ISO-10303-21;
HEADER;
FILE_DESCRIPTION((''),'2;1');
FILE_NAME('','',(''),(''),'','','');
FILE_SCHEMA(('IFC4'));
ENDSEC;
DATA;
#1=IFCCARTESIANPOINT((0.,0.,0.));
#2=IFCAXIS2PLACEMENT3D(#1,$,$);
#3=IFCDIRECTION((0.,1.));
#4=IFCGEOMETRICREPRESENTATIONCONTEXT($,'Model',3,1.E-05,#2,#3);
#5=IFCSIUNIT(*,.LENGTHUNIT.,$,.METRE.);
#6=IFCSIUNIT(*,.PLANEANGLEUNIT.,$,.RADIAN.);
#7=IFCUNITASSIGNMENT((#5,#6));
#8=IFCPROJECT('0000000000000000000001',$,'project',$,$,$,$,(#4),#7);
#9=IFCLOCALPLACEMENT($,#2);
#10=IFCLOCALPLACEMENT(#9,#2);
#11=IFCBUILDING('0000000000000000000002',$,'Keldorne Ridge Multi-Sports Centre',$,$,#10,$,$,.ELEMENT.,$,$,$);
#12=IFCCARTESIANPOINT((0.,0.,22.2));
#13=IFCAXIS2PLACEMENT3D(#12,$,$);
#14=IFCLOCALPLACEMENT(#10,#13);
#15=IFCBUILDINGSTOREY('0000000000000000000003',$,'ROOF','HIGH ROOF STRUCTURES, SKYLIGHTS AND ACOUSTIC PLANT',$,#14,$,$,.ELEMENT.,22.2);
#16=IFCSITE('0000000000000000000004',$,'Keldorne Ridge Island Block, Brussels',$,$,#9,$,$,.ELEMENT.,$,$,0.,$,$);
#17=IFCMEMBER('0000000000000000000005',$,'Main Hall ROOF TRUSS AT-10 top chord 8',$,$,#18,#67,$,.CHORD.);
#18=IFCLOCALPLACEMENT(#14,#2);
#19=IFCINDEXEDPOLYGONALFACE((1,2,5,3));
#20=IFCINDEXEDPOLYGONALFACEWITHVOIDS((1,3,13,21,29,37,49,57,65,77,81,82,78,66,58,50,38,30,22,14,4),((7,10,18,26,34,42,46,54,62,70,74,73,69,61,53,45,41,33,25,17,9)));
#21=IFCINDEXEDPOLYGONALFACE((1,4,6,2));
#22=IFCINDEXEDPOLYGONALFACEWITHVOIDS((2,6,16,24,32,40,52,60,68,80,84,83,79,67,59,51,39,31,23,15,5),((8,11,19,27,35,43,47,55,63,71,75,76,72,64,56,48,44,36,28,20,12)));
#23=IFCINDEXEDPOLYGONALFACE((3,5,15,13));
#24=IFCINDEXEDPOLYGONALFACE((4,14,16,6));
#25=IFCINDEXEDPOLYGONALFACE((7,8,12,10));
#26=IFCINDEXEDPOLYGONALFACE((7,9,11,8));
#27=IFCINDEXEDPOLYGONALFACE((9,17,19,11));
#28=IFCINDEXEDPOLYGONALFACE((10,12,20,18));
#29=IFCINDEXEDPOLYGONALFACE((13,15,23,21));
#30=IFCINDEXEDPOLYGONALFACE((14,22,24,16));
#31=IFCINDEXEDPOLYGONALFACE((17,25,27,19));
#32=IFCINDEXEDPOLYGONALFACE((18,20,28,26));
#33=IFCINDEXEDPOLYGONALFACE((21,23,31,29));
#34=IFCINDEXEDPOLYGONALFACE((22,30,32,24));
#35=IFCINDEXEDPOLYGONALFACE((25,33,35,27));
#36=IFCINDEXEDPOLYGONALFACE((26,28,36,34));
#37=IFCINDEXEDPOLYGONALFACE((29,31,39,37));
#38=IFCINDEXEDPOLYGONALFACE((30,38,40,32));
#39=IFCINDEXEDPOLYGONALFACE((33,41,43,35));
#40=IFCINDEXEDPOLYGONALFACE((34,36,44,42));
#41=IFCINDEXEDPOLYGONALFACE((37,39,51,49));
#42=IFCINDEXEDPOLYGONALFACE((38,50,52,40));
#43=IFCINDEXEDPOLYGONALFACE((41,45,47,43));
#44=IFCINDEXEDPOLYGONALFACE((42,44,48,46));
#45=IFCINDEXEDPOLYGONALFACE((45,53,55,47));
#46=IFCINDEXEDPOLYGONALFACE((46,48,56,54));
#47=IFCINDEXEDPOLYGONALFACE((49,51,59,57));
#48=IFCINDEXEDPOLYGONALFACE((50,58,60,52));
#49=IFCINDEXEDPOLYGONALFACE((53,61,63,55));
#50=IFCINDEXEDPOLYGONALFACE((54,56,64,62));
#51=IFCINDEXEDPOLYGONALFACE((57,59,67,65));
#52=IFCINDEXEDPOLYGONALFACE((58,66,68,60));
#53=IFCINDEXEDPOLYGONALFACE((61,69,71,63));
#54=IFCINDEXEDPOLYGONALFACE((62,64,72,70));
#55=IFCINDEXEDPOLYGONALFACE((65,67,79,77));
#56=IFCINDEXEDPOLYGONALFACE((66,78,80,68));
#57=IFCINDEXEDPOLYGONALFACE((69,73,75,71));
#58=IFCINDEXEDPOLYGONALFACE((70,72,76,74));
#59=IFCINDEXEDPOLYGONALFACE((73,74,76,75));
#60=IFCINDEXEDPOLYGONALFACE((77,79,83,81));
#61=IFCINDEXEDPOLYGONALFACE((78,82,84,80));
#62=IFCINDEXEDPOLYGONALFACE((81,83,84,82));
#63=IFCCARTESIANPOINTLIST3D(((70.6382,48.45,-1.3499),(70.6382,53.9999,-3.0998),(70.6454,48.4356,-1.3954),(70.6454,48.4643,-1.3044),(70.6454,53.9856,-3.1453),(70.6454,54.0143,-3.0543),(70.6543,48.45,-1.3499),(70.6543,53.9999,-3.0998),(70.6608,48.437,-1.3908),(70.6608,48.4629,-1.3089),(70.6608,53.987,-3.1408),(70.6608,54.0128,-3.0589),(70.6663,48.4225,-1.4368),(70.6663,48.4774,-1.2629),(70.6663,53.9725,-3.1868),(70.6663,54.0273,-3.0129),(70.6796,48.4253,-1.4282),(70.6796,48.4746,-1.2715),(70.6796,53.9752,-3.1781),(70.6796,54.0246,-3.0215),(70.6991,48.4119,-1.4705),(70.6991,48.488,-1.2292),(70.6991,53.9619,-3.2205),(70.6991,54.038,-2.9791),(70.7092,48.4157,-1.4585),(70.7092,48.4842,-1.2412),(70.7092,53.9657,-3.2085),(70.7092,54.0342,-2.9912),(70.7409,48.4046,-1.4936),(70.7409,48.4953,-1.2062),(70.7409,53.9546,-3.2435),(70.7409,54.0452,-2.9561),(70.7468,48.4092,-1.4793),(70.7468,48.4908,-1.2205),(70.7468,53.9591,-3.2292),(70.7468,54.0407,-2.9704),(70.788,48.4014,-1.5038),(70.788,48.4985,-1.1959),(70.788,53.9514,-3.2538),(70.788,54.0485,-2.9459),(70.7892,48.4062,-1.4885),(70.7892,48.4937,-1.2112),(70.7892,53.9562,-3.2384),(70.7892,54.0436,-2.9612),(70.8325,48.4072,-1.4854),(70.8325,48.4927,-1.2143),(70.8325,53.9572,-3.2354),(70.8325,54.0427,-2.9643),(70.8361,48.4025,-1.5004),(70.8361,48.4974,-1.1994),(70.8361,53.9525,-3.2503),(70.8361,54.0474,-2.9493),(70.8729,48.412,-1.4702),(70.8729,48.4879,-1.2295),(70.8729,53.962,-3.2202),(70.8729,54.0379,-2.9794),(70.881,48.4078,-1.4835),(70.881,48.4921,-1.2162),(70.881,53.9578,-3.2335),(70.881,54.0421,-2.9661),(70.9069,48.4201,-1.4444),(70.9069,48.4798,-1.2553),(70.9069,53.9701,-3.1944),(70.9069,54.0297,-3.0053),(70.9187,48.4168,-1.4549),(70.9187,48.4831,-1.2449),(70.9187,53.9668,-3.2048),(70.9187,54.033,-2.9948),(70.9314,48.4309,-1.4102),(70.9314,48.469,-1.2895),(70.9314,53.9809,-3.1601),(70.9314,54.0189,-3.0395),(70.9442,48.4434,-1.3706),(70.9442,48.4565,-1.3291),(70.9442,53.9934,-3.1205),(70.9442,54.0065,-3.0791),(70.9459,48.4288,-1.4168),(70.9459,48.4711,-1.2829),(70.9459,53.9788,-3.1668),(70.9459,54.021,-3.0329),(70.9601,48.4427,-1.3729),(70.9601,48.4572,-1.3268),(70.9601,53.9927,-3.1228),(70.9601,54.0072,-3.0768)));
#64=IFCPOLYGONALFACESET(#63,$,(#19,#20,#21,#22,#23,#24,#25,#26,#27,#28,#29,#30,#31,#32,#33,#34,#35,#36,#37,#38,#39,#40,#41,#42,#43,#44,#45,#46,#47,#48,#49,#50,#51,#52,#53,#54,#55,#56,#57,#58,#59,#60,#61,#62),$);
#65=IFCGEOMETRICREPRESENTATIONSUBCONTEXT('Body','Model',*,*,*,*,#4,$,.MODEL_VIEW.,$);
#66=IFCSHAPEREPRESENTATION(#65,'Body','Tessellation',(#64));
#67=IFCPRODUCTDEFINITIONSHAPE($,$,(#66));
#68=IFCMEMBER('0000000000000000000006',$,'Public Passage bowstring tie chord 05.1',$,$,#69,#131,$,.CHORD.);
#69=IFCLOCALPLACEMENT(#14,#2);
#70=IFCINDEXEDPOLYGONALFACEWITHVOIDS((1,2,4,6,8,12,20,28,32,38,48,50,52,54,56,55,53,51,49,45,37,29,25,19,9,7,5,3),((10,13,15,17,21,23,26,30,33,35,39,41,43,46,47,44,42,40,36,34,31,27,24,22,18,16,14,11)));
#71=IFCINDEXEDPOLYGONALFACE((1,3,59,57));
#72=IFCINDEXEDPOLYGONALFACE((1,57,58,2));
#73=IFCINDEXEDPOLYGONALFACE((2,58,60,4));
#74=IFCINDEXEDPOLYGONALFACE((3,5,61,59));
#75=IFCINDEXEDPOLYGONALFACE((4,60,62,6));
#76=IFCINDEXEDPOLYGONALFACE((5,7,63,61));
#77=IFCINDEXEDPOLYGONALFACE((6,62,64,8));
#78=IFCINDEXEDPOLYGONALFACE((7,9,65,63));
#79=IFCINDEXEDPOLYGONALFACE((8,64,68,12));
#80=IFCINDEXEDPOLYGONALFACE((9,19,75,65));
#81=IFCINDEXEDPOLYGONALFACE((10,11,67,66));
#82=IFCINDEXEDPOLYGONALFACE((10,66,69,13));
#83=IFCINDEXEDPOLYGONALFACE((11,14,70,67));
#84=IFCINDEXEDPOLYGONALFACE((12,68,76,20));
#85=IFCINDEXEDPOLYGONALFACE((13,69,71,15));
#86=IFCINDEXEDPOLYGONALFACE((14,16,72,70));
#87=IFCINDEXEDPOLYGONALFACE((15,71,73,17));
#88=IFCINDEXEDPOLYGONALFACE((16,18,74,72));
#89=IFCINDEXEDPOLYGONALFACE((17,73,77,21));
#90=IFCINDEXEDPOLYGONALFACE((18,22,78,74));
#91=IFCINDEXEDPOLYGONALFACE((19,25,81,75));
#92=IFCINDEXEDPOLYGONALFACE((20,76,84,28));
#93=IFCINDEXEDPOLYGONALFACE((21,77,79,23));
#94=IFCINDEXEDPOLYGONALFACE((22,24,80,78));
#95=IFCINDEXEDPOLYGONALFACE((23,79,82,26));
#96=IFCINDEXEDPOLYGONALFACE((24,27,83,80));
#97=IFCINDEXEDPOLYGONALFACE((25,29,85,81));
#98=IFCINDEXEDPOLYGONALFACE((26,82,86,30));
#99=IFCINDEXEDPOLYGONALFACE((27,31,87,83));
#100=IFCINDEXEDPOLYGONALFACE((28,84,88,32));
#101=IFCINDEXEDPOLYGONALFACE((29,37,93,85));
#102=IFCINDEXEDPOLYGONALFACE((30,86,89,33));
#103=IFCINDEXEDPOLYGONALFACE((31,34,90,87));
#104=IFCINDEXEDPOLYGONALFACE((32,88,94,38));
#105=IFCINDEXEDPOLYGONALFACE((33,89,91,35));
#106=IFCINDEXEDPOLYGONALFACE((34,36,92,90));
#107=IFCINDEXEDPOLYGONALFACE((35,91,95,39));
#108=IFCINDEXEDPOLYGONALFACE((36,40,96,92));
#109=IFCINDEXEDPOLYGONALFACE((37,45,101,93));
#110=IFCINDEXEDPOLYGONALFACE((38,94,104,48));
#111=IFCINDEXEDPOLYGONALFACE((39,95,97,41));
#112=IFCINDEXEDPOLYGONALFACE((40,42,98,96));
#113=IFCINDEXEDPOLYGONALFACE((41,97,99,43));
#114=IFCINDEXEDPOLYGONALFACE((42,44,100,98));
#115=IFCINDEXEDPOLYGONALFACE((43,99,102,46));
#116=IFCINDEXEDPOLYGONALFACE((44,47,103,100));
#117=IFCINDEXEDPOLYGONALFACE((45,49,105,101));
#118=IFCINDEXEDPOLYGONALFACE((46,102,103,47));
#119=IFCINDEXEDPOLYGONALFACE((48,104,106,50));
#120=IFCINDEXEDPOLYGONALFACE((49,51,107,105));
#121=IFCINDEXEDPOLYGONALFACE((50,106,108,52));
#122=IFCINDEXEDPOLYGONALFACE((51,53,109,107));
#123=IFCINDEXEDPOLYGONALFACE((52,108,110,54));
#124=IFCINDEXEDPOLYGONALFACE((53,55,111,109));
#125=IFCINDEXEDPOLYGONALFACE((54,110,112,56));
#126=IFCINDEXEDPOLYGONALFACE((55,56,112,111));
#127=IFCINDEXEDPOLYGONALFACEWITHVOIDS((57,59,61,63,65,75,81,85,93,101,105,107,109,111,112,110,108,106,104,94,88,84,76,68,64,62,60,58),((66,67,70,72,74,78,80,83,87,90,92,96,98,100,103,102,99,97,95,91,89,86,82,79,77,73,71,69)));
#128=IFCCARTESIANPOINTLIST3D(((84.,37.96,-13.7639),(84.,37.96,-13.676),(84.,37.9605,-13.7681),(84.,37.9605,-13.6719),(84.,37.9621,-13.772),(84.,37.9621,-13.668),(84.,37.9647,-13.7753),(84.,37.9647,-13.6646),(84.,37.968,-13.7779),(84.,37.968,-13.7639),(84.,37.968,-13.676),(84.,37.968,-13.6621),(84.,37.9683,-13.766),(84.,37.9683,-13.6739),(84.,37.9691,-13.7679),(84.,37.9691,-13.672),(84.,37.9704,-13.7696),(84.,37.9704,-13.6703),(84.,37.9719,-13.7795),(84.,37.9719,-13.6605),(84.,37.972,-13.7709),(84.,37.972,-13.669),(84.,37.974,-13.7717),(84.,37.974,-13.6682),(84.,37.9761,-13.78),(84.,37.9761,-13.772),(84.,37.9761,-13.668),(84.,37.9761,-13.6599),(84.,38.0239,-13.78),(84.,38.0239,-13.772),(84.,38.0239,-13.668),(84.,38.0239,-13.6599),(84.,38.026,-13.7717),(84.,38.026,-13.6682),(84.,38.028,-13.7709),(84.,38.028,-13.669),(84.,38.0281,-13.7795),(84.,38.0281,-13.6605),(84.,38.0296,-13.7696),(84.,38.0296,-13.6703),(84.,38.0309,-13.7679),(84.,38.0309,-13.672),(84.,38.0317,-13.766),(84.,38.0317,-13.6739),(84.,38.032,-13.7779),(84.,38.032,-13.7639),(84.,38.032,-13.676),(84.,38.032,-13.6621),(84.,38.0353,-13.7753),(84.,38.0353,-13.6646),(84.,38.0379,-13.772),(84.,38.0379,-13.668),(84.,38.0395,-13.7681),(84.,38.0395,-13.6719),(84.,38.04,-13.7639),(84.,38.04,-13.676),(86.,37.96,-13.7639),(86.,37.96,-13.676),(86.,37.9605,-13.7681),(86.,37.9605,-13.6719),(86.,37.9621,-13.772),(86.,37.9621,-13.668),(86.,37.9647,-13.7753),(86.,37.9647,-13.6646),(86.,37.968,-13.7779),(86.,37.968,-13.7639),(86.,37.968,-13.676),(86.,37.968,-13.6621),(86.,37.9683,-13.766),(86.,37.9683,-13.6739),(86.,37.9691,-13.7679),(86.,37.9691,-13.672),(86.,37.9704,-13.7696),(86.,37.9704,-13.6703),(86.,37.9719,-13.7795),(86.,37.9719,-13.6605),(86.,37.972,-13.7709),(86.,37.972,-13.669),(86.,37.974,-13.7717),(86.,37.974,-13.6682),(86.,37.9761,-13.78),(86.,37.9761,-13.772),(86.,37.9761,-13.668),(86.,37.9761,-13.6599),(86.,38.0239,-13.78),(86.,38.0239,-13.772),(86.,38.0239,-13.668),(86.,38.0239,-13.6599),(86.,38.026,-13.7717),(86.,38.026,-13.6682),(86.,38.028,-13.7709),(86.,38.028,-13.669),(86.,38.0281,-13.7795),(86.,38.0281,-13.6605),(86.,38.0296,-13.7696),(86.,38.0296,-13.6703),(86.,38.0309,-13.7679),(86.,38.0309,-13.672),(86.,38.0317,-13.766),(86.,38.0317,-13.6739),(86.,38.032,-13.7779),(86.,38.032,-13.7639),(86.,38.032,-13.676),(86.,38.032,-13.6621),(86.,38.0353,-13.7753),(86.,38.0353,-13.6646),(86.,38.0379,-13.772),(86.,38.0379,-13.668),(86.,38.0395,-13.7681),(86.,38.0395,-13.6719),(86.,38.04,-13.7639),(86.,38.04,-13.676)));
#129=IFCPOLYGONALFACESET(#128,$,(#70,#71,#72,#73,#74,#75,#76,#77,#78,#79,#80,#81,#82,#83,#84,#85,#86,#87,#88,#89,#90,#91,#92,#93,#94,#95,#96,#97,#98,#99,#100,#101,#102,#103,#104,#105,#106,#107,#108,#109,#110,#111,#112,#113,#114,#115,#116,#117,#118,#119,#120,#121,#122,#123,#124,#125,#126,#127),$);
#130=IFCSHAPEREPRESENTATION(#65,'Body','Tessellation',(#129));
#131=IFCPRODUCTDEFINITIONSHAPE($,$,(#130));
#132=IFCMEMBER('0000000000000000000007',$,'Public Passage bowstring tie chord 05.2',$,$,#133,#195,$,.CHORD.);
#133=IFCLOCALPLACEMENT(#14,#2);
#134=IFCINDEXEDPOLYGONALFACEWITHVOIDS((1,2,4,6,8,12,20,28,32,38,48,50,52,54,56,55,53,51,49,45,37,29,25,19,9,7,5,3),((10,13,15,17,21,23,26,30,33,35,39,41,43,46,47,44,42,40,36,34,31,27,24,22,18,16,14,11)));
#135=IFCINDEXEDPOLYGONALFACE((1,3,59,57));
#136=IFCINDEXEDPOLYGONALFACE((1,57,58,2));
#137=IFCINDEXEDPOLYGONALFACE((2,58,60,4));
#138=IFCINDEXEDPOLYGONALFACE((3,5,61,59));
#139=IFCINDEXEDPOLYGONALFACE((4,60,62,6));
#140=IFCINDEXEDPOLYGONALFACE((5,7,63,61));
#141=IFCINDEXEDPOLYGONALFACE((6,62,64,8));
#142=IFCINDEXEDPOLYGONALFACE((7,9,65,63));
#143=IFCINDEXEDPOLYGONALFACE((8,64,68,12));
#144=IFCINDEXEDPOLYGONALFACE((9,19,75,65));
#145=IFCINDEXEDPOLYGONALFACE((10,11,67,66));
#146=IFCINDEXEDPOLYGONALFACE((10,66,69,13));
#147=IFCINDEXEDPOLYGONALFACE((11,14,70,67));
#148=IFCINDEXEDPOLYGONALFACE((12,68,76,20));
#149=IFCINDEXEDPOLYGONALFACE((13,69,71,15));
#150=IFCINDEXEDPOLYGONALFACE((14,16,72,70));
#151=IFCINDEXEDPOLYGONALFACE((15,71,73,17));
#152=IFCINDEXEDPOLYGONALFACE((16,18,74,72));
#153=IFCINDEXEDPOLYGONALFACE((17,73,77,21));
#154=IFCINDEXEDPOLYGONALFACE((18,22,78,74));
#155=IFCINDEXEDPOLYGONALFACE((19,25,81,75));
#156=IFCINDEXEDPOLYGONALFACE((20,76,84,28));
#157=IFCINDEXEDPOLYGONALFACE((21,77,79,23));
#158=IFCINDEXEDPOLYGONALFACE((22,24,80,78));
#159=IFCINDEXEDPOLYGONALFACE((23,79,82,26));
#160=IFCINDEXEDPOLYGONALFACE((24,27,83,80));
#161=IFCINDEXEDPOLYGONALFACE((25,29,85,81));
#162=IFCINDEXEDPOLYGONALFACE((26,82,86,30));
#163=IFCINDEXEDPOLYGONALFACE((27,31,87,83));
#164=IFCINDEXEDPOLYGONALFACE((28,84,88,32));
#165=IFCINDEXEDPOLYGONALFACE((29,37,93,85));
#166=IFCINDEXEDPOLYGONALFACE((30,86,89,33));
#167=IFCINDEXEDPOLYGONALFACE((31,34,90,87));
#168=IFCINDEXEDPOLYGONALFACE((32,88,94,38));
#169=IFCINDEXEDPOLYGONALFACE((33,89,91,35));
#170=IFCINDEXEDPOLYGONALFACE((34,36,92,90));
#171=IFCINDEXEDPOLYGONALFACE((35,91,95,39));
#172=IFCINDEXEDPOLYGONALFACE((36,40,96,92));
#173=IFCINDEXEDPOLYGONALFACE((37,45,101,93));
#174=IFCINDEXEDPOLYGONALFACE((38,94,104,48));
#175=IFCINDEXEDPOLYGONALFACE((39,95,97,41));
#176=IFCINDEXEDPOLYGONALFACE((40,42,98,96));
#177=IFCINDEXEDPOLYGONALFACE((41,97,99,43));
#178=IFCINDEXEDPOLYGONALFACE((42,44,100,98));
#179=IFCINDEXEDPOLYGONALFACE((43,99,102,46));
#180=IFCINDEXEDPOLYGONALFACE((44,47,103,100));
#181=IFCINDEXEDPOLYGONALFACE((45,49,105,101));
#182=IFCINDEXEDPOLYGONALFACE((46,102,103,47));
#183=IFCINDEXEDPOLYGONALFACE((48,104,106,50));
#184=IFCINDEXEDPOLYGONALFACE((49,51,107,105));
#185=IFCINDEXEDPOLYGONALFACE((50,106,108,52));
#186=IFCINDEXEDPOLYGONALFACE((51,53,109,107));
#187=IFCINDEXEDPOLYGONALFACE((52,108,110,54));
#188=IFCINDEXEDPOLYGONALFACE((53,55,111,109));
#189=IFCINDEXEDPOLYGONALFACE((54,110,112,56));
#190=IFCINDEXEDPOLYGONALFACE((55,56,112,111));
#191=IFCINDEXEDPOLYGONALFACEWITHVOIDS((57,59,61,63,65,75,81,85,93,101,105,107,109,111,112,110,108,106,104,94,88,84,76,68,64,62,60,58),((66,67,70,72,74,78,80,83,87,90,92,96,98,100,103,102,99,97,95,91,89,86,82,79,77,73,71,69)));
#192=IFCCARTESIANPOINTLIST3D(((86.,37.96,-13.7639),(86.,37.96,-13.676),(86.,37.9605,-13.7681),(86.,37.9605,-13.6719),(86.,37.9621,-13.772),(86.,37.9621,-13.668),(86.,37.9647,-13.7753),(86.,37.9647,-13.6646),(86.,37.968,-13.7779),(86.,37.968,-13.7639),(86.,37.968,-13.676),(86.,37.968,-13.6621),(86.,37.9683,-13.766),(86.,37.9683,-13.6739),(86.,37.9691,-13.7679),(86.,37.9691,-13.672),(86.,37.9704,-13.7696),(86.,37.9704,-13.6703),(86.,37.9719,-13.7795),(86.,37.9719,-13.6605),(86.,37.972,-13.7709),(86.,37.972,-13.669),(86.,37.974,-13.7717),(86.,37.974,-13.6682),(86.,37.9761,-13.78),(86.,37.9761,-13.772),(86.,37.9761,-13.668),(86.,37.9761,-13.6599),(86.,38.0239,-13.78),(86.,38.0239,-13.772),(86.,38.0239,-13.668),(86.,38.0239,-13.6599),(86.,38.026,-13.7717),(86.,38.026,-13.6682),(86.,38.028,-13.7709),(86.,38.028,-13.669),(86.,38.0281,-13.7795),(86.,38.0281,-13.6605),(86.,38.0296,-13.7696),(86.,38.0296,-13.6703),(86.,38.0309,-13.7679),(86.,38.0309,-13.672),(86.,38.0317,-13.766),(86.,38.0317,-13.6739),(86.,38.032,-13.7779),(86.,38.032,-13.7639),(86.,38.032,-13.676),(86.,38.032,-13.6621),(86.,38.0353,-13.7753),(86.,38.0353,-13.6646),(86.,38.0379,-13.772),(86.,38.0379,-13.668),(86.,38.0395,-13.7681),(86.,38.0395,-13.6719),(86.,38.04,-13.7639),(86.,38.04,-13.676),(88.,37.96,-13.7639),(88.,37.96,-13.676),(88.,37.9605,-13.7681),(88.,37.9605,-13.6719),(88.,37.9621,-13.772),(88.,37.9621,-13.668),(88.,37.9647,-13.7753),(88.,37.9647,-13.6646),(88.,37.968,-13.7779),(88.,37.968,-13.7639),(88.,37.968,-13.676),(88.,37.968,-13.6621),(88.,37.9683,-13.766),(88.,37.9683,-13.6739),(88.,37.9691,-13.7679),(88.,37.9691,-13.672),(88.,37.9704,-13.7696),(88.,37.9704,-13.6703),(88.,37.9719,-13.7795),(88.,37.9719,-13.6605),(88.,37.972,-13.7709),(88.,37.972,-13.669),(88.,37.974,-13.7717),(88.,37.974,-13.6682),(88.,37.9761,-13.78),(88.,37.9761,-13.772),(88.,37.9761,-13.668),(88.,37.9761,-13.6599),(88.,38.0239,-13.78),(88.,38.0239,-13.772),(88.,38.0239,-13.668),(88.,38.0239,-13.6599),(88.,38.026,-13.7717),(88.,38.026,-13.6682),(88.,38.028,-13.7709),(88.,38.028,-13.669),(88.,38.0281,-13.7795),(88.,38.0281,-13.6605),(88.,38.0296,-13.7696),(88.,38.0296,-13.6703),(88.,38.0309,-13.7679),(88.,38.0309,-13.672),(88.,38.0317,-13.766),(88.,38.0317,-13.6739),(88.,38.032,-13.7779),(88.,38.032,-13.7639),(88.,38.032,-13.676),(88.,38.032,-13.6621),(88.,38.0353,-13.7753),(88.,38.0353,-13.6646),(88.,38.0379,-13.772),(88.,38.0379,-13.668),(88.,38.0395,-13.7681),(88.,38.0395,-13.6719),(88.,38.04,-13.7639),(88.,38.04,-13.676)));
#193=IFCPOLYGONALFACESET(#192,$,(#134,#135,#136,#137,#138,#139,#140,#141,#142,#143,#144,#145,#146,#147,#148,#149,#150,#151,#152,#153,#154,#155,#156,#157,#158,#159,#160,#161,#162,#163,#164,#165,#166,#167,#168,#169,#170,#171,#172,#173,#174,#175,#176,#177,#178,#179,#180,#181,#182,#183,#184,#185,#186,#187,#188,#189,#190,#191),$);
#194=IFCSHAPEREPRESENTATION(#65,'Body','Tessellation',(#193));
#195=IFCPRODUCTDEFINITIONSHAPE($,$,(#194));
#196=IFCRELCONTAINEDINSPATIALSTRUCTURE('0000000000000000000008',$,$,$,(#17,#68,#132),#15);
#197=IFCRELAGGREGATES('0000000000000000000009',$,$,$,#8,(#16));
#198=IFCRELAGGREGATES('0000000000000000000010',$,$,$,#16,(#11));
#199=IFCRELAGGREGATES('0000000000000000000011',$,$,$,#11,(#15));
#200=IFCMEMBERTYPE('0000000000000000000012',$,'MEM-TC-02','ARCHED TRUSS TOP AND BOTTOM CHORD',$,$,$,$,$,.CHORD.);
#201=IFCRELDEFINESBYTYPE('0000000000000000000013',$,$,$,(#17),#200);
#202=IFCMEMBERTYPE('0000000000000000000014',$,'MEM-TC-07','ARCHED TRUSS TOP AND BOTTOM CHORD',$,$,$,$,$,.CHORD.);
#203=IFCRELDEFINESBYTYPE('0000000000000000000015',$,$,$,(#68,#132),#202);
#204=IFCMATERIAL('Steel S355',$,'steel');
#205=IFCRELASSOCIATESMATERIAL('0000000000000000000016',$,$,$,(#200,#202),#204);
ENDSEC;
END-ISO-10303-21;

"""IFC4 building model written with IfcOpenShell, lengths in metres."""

from ifc_helpers import new_model, si_unit, direction, frame, origin, origin_2d, place, context, subcontext, project, spatial, hollow_rectangle, hollow_circle, extrude, material, material_profile, profile_set, type_object, element, save


model = new_model("IFC4")

# Units and contexts
model_context = context("Model", 3, precision=1e-05, world=origin(), true_north=direction((0.0, 1.0)))
body_context = subcontext(model_context, "Body", "Model", "MODEL_VIEW")
ifc_project = project(units=[si_unit("LENGTHUNIT", "METRE"), si_unit("PLANEANGLEUNIT", "RADIAN")], contexts=[model_context])

# Site, building, storey
site_placement = place(None, origin())
site = spatial("IfcSite", under=ifc_project, at=site_placement, Name="Keldorne Ridge Island Block, Brussels", CompositionType="ELEMENT", RefElevation=0.0)
building_placement = place(site_placement, origin())
building = spatial("IfcBuilding", under=site, at=building_placement, Name="Keldorne Ridge Multi-Sports Centre", CompositionType="ELEMENT")
storey_placement = place(building_placement, frame((0.0, 0.0, 22.2)))
storey = spatial("IfcBuildingStorey", under=building, at=storey_placement, Name="ROOF", Description="HIGH ROOF STRUCTURES, SKYLIGHTS AND ACOUSTIC PLANT", CompositionType="ELEMENT", Elevation=22.2)

# Members
ifc_material = material(Name="Steel S355", Category="steel")
ifc_material_profile_1 = material_profile(ifc_material, hollow_circle(Radius=0.1619, WallThickness=0.0161, at=origin_2d()), Name="CHS 323.9x16")
ifc_profile_set_1 = profile_set([ifc_material_profile_1], Name="Steel S355")
member_type_1 = type_object("IfcMemberType", Name="MEM-TC-02", Description="ARCHED TRUSS TOP AND BOTTOM CHORD", PredefinedType="CHORD", material=ifc_profile_set_1)
member_1_placement = place(storey_placement, frame((70.8, 48.45, -1.3499), z_axis=(0.0, 0.953713, -0.300718), x_axis=(-1.0, 0.0, 0.0)))
element("IfcMember", 1, at=member_1_placement, inside=storey, type_object=member_type_1, Name="Main Hall ROOF TRUSS AT-10 top chord 8", PredefinedType="CHORD", context=body_context, shape_type="SweptSolid", body=[
    extrude(hollow_circle(Radius=0.1619, WallThickness=0.0161, at=origin_2d()), origin(), (0.0, 0.0, 1.0), 5.8193),
])
ifc_material_profile_2 = material_profile(ifc_material, hollow_rectangle(XDim=0.0801, YDim=0.1201, WallThickness=0.0081, InnerFilletRadius=0.0081, OuterFilletRadius=0.0161, at=origin_2d()), Name="RHS 120x80x8")
ifc_profile_set_2 = profile_set([ifc_material_profile_2], Name="Steel S355")
member_type_2 = type_object("IfcMemberType", Name="MEM-TC-07", Description="ARCHED TRUSS TOP AND BOTTOM CHORD", PredefinedType="CHORD", material=ifc_profile_set_2)
for number, where, z_axis, x_axis, name in (
    (2, (84.0, 38.0, -13.72), (1.0, 0.0, 0.0), (0.0, 1.0, 0.0), "Public Passage bowstring tie chord 05.1"),
    (3, (86.0, 38.0, -13.72), (1.0, 0.0, 0.0), (0.0, 1.0, 0.0), "Public Passage bowstring tie chord 05.2"),
):
    element("IfcMember", number, at=place(storey_placement, frame(where, z_axis=z_axis, x_axis=x_axis)), inside=storey, type_object=member_type_2, Name=name, PredefinedType="CHORD", context=body_context, shape_type="SweptSolid", body=[
        extrude(hollow_rectangle(XDim=0.0801, YDim=0.1201, WallThickness=0.0081, InnerFilletRadius=0.0081, OuterFilletRadius=0.0161, at=origin_2d()), origin(), (0.0, 0.0, 1.0), 2.0),
    ])

save(model, "model.ifc")
